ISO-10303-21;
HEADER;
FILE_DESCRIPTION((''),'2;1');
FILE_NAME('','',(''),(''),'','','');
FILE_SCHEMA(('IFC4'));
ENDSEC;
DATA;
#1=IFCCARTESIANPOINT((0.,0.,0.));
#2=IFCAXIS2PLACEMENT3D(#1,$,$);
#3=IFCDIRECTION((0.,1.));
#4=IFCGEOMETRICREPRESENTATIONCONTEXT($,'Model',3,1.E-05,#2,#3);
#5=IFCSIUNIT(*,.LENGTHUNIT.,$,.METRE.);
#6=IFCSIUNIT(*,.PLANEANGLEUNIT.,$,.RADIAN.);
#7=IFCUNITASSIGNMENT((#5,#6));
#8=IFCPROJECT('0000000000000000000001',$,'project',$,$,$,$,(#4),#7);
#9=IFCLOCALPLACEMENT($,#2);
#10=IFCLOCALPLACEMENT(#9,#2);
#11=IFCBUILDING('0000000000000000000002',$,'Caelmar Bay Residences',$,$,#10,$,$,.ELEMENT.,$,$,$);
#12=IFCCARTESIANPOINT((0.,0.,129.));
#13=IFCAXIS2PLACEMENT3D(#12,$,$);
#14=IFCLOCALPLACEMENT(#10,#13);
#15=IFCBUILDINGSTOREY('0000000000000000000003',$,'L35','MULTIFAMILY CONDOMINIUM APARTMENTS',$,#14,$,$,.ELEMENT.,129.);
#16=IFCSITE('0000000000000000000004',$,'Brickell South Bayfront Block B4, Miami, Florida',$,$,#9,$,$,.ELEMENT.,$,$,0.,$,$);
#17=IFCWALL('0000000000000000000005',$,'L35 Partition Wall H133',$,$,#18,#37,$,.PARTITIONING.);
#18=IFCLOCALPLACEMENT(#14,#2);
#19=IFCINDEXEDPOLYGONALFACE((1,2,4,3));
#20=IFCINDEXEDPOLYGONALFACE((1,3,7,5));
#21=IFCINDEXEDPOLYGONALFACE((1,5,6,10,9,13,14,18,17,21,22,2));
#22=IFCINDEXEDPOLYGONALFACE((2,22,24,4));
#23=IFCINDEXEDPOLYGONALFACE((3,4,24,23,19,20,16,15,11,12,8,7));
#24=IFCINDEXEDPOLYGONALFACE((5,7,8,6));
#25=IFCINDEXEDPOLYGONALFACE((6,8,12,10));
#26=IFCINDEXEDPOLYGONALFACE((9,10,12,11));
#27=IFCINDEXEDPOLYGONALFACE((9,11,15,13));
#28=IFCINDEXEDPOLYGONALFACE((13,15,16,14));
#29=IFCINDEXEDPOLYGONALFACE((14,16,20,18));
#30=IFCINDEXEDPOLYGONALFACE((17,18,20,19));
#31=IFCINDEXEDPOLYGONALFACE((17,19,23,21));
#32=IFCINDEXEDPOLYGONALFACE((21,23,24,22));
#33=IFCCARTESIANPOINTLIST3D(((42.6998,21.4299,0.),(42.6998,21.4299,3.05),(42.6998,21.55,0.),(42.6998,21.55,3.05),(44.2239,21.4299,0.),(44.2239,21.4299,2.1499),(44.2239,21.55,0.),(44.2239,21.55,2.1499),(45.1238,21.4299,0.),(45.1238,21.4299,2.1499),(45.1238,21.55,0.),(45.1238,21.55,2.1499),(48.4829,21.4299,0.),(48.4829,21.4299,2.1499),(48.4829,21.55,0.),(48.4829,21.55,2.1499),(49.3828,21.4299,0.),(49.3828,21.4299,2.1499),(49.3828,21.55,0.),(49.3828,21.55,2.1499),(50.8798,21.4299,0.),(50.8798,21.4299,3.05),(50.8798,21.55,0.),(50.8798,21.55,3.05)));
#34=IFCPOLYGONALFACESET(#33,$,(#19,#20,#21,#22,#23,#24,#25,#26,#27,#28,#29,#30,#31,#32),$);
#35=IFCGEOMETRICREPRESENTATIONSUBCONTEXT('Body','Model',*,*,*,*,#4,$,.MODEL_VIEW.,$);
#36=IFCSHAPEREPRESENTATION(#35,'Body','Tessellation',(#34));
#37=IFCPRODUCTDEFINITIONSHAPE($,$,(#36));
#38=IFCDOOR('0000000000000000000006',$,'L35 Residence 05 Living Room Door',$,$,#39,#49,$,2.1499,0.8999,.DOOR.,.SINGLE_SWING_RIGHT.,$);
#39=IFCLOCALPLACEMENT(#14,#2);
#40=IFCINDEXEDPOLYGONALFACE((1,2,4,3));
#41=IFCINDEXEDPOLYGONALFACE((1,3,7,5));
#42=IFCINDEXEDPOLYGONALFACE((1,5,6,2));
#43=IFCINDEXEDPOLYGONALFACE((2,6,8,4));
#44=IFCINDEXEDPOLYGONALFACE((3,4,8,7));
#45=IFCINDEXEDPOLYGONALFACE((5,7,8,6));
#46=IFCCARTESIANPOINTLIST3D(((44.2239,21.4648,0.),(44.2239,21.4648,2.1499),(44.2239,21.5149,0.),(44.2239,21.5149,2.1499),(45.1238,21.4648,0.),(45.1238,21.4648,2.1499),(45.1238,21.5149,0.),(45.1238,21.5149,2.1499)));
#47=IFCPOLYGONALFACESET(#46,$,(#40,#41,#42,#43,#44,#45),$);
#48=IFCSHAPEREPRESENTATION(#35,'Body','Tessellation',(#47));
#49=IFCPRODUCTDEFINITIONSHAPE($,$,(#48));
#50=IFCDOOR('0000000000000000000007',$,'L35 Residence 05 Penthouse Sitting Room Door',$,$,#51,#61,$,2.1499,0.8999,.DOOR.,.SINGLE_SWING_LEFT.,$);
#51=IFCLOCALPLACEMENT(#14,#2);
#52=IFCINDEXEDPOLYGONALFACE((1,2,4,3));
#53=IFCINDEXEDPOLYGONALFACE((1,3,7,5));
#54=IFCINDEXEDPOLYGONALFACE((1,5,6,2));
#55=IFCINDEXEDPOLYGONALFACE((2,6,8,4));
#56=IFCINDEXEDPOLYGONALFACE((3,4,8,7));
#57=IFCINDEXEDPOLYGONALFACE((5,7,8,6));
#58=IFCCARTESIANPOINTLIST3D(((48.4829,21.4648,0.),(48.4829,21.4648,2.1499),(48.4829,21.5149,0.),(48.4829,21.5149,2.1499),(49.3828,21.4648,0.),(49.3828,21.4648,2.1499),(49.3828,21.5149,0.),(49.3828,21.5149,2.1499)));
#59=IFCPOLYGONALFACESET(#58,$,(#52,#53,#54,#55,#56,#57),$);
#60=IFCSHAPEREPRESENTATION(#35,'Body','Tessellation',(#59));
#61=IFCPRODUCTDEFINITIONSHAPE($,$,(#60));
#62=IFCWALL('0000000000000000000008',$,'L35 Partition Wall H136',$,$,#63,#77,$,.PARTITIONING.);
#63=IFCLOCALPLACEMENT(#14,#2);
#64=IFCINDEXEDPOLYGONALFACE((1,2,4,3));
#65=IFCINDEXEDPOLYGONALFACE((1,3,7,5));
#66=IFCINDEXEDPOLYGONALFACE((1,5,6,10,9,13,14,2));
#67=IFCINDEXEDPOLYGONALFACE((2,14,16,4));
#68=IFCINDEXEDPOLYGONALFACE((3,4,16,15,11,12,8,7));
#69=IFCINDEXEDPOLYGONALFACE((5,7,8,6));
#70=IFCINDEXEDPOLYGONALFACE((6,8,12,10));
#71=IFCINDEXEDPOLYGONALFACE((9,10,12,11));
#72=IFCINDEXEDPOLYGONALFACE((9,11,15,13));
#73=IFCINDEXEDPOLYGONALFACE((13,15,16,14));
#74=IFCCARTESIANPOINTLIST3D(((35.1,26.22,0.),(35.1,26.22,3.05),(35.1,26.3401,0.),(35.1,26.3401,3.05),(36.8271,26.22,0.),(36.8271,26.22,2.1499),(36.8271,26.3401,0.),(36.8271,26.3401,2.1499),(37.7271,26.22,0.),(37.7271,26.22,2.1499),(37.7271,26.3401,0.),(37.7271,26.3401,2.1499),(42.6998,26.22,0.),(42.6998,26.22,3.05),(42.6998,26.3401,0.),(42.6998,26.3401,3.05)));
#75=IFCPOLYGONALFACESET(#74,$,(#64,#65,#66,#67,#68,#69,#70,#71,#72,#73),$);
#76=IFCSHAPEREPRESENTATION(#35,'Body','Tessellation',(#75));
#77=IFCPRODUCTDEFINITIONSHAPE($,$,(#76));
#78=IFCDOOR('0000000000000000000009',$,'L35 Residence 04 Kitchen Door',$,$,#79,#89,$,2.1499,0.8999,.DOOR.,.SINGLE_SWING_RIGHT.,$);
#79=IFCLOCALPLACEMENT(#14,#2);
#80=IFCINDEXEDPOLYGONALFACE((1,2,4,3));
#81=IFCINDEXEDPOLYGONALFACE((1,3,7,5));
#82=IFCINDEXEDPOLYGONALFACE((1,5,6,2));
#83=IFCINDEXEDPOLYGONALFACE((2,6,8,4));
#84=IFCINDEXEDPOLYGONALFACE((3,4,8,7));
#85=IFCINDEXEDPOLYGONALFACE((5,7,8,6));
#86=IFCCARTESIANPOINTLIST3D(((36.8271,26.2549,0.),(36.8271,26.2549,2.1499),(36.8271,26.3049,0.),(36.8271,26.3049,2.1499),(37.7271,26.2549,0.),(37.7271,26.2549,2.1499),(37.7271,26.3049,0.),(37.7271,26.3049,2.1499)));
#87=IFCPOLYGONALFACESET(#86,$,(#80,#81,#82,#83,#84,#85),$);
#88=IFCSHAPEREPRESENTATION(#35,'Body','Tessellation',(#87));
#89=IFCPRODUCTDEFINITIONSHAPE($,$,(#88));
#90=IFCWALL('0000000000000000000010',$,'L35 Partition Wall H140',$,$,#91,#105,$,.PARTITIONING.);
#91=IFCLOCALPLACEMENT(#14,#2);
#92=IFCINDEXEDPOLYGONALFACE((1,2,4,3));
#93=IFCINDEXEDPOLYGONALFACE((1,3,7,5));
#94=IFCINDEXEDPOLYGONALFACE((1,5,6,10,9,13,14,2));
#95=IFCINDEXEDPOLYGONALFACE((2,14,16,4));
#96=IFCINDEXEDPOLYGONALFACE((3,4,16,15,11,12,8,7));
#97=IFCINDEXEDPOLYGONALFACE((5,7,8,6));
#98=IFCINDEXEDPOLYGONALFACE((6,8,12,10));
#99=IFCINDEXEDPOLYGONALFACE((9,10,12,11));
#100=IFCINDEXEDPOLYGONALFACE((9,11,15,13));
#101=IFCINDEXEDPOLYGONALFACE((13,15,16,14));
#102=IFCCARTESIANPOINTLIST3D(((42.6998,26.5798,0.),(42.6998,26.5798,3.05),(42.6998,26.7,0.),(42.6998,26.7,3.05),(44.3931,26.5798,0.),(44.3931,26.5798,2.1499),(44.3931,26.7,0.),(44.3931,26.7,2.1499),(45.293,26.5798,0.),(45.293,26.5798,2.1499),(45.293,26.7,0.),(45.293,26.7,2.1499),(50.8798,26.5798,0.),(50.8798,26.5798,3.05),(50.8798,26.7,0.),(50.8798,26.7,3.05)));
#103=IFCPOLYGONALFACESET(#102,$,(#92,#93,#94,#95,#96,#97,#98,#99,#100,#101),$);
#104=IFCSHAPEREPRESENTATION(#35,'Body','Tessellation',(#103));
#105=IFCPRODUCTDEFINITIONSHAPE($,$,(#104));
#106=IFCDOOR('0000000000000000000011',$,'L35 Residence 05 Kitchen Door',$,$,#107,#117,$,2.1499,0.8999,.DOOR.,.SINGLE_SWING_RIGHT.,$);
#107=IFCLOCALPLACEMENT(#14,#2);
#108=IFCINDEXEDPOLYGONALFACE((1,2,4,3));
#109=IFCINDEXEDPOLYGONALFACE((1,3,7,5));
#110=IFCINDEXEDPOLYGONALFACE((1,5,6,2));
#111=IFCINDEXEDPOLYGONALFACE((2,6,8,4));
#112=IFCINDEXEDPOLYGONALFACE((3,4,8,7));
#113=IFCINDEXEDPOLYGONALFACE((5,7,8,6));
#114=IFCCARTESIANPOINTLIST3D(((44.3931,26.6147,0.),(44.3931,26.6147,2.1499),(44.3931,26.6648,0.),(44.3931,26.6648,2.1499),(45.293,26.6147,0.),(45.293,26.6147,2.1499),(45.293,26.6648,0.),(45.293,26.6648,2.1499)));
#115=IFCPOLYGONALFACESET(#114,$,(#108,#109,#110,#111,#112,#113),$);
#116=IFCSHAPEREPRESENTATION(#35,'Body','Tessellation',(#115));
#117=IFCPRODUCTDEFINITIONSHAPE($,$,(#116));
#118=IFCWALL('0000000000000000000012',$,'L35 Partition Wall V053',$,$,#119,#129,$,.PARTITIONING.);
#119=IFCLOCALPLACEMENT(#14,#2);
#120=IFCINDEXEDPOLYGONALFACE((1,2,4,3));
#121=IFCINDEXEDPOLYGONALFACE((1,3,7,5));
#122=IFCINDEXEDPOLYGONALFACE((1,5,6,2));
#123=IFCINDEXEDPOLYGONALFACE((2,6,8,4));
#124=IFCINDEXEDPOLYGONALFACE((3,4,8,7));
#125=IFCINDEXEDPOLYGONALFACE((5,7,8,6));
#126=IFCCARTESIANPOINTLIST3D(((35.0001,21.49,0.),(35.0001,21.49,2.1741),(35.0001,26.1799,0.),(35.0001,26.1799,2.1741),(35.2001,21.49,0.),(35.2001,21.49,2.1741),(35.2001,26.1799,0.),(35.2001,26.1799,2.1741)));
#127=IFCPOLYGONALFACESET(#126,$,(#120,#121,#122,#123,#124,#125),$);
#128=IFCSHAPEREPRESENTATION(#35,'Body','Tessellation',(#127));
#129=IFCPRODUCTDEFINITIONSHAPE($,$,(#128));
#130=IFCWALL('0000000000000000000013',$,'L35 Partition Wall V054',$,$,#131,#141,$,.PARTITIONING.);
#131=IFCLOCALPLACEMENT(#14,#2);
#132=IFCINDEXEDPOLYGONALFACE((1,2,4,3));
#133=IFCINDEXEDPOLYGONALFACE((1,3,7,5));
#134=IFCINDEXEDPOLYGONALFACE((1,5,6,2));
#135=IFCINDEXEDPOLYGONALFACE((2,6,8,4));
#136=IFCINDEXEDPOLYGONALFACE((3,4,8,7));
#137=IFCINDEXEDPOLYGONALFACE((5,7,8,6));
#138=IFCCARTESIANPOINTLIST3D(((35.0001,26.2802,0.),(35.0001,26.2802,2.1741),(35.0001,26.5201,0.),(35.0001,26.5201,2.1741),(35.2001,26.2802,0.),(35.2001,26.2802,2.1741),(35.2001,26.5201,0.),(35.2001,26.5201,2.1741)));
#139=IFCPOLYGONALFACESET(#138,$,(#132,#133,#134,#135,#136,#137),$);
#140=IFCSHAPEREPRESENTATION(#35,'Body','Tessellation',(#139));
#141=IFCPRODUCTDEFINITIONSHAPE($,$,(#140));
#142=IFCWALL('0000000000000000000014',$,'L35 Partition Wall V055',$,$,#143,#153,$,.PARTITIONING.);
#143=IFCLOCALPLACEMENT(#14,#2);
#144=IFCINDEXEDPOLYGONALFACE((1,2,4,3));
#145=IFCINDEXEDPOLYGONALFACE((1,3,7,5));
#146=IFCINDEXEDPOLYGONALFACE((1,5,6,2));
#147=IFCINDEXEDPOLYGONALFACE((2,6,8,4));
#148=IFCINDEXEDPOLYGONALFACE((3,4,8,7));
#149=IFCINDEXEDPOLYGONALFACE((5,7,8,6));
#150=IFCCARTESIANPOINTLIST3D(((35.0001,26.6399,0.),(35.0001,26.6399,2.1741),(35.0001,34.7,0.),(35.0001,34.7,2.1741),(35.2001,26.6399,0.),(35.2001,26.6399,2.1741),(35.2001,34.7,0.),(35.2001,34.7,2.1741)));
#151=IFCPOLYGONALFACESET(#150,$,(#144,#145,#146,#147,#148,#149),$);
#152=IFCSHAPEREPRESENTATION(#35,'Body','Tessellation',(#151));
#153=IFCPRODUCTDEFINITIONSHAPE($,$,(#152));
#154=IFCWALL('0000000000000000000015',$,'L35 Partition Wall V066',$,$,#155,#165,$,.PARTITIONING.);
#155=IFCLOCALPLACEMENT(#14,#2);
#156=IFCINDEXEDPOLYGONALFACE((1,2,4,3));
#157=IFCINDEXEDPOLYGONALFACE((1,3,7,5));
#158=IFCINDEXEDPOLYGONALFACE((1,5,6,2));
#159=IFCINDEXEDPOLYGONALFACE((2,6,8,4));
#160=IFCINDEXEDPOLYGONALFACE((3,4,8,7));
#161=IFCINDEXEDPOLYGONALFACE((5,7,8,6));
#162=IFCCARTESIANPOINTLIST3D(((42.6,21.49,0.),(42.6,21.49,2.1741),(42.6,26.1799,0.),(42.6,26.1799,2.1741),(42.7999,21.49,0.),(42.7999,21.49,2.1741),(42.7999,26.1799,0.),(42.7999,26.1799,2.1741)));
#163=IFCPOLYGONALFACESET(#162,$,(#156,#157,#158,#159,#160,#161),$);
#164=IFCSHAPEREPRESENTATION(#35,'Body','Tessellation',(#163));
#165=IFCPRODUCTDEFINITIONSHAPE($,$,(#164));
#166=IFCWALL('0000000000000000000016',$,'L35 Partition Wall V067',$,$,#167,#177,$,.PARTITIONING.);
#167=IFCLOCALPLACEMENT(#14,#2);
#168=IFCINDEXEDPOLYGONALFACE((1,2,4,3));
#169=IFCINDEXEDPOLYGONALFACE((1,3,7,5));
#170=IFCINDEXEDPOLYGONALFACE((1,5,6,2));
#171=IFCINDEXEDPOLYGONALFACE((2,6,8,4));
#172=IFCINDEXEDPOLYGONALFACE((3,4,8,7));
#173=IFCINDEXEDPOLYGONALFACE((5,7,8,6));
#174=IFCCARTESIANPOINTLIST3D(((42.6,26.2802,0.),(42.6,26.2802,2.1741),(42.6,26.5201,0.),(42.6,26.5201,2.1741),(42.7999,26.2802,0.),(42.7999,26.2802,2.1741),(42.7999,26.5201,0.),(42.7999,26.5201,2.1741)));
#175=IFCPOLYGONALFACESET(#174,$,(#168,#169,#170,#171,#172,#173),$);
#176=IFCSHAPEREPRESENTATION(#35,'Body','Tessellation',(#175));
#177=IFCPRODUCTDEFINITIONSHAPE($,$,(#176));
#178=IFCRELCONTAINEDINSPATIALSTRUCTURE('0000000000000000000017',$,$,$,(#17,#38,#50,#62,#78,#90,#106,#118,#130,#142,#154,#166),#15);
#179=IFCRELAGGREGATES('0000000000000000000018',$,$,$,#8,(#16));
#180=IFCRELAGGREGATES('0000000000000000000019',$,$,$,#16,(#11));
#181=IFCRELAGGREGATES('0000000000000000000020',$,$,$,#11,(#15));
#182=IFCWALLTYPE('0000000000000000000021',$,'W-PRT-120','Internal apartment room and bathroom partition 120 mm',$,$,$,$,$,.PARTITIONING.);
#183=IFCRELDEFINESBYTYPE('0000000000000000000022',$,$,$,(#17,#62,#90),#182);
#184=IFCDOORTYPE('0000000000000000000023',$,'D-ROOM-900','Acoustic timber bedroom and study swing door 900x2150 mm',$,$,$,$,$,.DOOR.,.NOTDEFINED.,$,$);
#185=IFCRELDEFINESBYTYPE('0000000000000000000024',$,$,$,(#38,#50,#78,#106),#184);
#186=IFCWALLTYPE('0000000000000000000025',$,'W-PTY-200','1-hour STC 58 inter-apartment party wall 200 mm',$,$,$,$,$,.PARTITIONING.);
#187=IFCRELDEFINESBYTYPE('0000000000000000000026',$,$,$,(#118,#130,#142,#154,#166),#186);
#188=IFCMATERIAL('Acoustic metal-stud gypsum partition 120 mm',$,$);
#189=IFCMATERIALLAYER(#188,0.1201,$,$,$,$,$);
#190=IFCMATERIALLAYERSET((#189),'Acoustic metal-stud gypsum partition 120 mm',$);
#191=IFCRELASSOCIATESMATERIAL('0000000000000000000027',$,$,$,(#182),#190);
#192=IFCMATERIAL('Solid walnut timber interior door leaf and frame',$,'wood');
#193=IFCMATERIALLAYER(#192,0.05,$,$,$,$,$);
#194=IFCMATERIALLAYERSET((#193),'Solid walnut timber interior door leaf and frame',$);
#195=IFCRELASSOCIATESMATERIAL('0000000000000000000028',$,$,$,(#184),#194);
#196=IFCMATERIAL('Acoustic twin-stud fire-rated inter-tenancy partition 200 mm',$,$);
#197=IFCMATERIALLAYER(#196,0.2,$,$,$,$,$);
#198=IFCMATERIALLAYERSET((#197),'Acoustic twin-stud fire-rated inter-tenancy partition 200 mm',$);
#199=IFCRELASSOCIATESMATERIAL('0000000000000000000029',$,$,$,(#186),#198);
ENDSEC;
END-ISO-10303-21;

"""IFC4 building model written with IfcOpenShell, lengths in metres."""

from ifc_helpers import new_model, si_unit, direction, frame, frame_2d, origin, place, context, subcontext, project, spatial, rectangle, extrude, material, layer, layer_set, type_object, element, fill, save


model = new_model("IFC4")

# Units and contexts
model_context = context("Model", 3, precision=1e-05, world=origin(), true_north=direction((0.0, 1.0)))
body_context = subcontext(model_context, "Body", "Model", "MODEL_VIEW")
ifc_project = project(units=[si_unit("LENGTHUNIT", "METRE"), si_unit("PLANEANGLEUNIT", "RADIAN")], contexts=[model_context])

# Site, building, storey
site_placement = place(None, origin())
site = spatial("IfcSite", under=ifc_project, at=site_placement, Name="Brickell South Bayfront Block B4, Miami, Florida", CompositionType="ELEMENT", RefElevation=0.0)
building_placement = place(site_placement, origin())
building = spatial("IfcBuilding", under=site, at=building_placement, Name="Caelmar Bay Residences", CompositionType="ELEMENT")
storey_placement = place(building_placement, frame((0.0, 0.0, 129.0)))
storey = spatial("IfcBuildingStorey", under=building, at=storey_placement, Name="L35", Description="MULTIFAMILY CONDOMINIUM APARTMENTS", CompositionType="ELEMENT", Elevation=129.0)

# Shared definitions
ifc_material_1 = material(Name="Acoustic metal-stud gypsum partition 120 mm")
ifc_layer_1 = layer(ifc_material_1, 0.1201)
ifc_layer_set_1 = layer_set([ifc_layer_1], Name="Acoustic metal-stud gypsum partition 120 mm")
wall_type_1 = type_object("IfcWallType", Name="W-PRT-120", Description="Internal apartment room and bathroom partition 120 mm", PredefinedType="PARTITIONING", material=ifc_layer_set_1)
ifc_material_2 = material(Name="Solid walnut timber interior door leaf and frame", Category="wood")
ifc_layer_2 = layer(ifc_material_2, 0.05)
ifc_layer_set_2 = layer_set([ifc_layer_2], Name="Solid walnut timber interior door leaf and frame")
door_type_1 = type_object("IfcDoorType", Name="D-ROOM-900", Description="Acoustic timber bedroom and study swing door 900x2150 mm", OperationType="NOTDEFINED", PredefinedType="DOOR", material=ifc_layer_set_2)

# Wall, openings, doors
wall_1_placement = place(storey_placement, frame((42.7, 21.49, 0.0), z_axis=(0.0, 0.0, 1.0), x_axis=(1.0, 0.0, 0.0)))
wall_1 = element("IfcWall", 1, at=wall_1_placement, inside=storey, type_object=wall_type_1, Name="L35 Partition Wall H133", PredefinedType="PARTITIONING", context=body_context, shape_type="SweptSolid", body=[
    extrude(rectangle(XDim=8.1799, YDim=0.1201, at=frame_2d((4.0898, 0.0))), origin(), (0.0, 0.0, 1.0), 3.05),
])
opening_1_placement = place(wall_1_placement, frame((1.5239, 0.0, 0.0)))
opening_1 = element("IfcOpeningElement", 2, at=opening_1_placement, cuts=wall_1, PredefinedType="OPENING", context=body_context, shape_type="SweptSolid", body=[
    extrude(rectangle(XDim=0.8999, YDim=2.1499, at=frame_2d((0.45, 1.075))), frame((0.0, 0.0701, 0.0), z_axis=(0.0, -1.0, 0.0), x_axis=(1.0, 0.0, 0.0)), (0.0, 0.0, 1.0), 0.1401),
])
opening_2_placement = place(wall_1_placement, frame((5.783, 0.0, 0.0)))
opening_2 = element("IfcOpeningElement", 3, at=opening_2_placement, cuts=wall_1, PredefinedType="OPENING", context=body_context, shape_type="SweptSolid", body=[
    extrude(rectangle(XDim=0.8999, YDim=2.1499, at=frame_2d((0.45, 1.075))), frame((0.0, 0.0701, 0.0), z_axis=(0.0, -1.0, 0.0), x_axis=(1.0, 0.0, 0.0)), (0.0, 0.0, 1.0), 0.1401),
])
door_1_placement = place(opening_1_placement, origin())
door_1 = element("IfcDoor", 4, at=door_1_placement, inside=storey, type_object=door_type_1, Name="L35 Residence 05 Living Room Door", OperationType="SINGLE_SWING_RIGHT", OverallHeight=2.1499, OverallWidth=0.8999, PredefinedType="DOOR", context=body_context, shape_type="SweptSolid", body=[
    extrude(rectangle(XDim=0.8999, YDim=2.1499, at=frame_2d((0.45, 1.075))), frame((0.0, 0.0249, 0.0), z_axis=(0.0, -1.0, 0.0), x_axis=(1.0, 0.0, 0.0)), (0.0, 0.0, 1.0), 0.05),
])
fill(opening_1, door_1)
door_2_placement = place(opening_2_placement, origin())
door_2 = element("IfcDoor", 5, at=door_2_placement, inside=storey, type_object=door_type_1, Name="L35 Residence 05 Penthouse Sitting Room Door", OperationType="SINGLE_SWING_LEFT", OverallHeight=2.1499, OverallWidth=0.8999, PredefinedType="DOOR", context=body_context, shape_type="SweptSolid", body=[
    extrude(rectangle(XDim=0.8999, YDim=2.1499, at=frame_2d((0.45, 1.075))), frame((0.0, 0.0249, 0.0), z_axis=(0.0, -1.0, 0.0), x_axis=(1.0, 0.0, 0.0)), (0.0, 0.0, 1.0), 0.05),
])
fill(opening_2, door_2)

# Walls, openings, doors
wall_2_placement = place(storey_placement, frame((35.1001, 26.28, 0.0), z_axis=(0.0, 0.0, 1.0), x_axis=(1.0, 0.0, 0.0)))
wall_2 = element("IfcWall", 6, at=wall_2_placement, inside=storey, type_object=wall_type_1, Name="L35 Partition Wall H136", PredefinedType="PARTITIONING", context=body_context, shape_type="SweptSolid", body=[
    extrude(rectangle(XDim=7.5999, YDim=0.1201, at=frame_2d((3.7998, 0.0))), origin(), (0.0, 0.0, 1.0), 3.05),
])
opening_3_placement = place(wall_2_placement, frame((1.7271, 0.0, 0.0)))
opening_3 = element("IfcOpeningElement", 7, at=opening_3_placement, cuts=wall_2, PredefinedType="OPENING", context=body_context, shape_type="SweptSolid", body=[
    extrude(rectangle(XDim=0.8999, YDim=2.1499, at=frame_2d((0.45, 1.075))), frame((0.0, 0.0701, 0.0), z_axis=(0.0, -1.0, 0.0), x_axis=(1.0, 0.0, 0.0)), (0.0, 0.0, 1.0), 0.1401),
])
door_3_placement = place(opening_3_placement, origin())
door_3 = element("IfcDoor", 8, at=door_3_placement, inside=storey, type_object=door_type_1, Name="L35 Residence 04 Kitchen Door", OperationType="SINGLE_SWING_RIGHT", OverallHeight=2.1499, OverallWidth=0.8999, PredefinedType="DOOR", context=body_context, shape_type="SweptSolid", body=[
    extrude(rectangle(XDim=0.8999, YDim=2.1499, at=frame_2d((0.45, 1.075))), frame((0.0, 0.0249, 0.0), z_axis=(0.0, -1.0, 0.0), x_axis=(1.0, 0.0, 0.0)), (0.0, 0.0, 1.0), 0.05),
])
fill(opening_3, door_3)
wall_3_placement = place(storey_placement, frame((42.7, 26.6399, 0.0), z_axis=(0.0, 0.0, 1.0), x_axis=(1.0, 0.0, 0.0)))
wall_3 = element("IfcWall", 9, at=wall_3_placement, inside=storey, type_object=wall_type_1, Name="L35 Partition Wall H140", PredefinedType="PARTITIONING", context=body_context, shape_type="SweptSolid", body=[
    extrude(rectangle(XDim=8.1799, YDim=0.1201, at=frame_2d((4.0898, 0.0))), origin(), (0.0, 0.0, 1.0), 3.05),
])
opening_4_placement = place(wall_3_placement, frame((1.6931, 0.0, 0.0)))
opening_4 = element("IfcOpeningElement", 10, at=opening_4_placement, cuts=wall_3, PredefinedType="OPENING", context=body_context, shape_type="SweptSolid", body=[
    extrude(rectangle(XDim=0.8999, YDim=2.1499, at=frame_2d((0.45, 1.075))), frame((0.0, 0.0701, 0.0), z_axis=(0.0, -1.0, 0.0), x_axis=(1.0, 0.0, 0.0)), (0.0, 0.0, 1.0), 0.1401),
])
door_4_placement = place(opening_4_placement, origin())
door_4 = element("IfcDoor", 11, at=door_4_placement, inside=storey, type_object=door_type_1, Name="L35 Residence 05 Kitchen Door", OperationType="SINGLE_SWING_RIGHT", OverallHeight=2.1499, OverallWidth=0.8999, PredefinedType="DOOR", context=body_context, shape_type="SweptSolid", body=[
    extrude(rectangle(XDim=0.8999, YDim=2.1499, at=frame_2d((0.45, 1.075))), frame((0.0, 0.0249, 0.0), z_axis=(0.0, -1.0, 0.0), x_axis=(1.0, 0.0, 0.0)), (0.0, 0.0, 1.0), 0.05),
])
fill(opening_4, door_4)

# Walls
ifc_material_3 = material(Name="Acoustic twin-stud fire-rated inter-tenancy partition 200 mm")
ifc_layer_3 = layer(ifc_material_3, 0.2)
ifc_layer_set_3 = layer_set([ifc_layer_3], Name="Acoustic twin-stud fire-rated inter-tenancy partition 200 mm")
wall_type_2 = type_object("IfcWallType", Name="W-PTY-200", Description="1-hour STC 58 inter-apartment party wall 200 mm", PredefinedType="PARTITIONING", material=ifc_layer_set_3)
wall_4_placement = place(storey_placement, frame((35.1001, 21.49, 0.0), z_axis=(0.0, 0.0, 1.0), x_axis=(0.0, 1.0, 0.0)))
element("IfcWall", 12, at=wall_4_placement, inside=storey, type_object=wall_type_2, Name="L35 Partition Wall V053", PredefinedType="PARTITIONING", context=body_context, shape_type="SweptSolid", body=[
    extrude(rectangle(XDim=4.6899, YDim=0.2, at=frame_2d((2.345, 0.0))), origin(), (0.0, 0.0, 1.0), 2.1741),
])
wall_5_placement = place(storey_placement, frame((35.1001, 26.28, 0.0), z_axis=(0.0, 0.0, 1.0), x_axis=(0.0, 1.0, 0.0)))
element("IfcWall", 13, at=wall_5_placement, inside=storey, type_object=wall_type_2, Name="L35 Partition Wall V054", PredefinedType="PARTITIONING", context=body_context, shape_type="SweptSolid", body=[
    extrude(rectangle(XDim=0.24, YDim=0.2, at=frame_2d((0.1201, 0.0))), origin(), (0.0, 0.0, 1.0), 2.1741),
])
wall_6_placement = place(storey_placement, frame((35.1001, 26.6399, 0.0), z_axis=(0.0, 0.0, 1.0), x_axis=(0.0, 1.0, 0.0)))
element("IfcWall", 14, at=wall_6_placement, inside=storey, type_object=wall_type_2, Name="L35 Partition Wall V055", PredefinedType="PARTITIONING", context=body_context, shape_type="SweptSolid", body=[
    extrude(rectangle(XDim=8.0601, YDim=0.2, at=frame_2d((4.03, 0.0))), origin(), (0.0, 0.0, 1.0), 2.1741),
])
wall_7_placement = place(storey_placement, frame((42.7, 21.49, 0.0), z_axis=(0.0, 0.0, 1.0), x_axis=(0.0, 1.0, 0.0)))
element("IfcWall", 15, at=wall_7_placement, inside=storey, type_object=wall_type_2, Name="L35 Partition Wall V066", PredefinedType="PARTITIONING", context=body_context, shape_type="SweptSolid", body=[
    extrude(rectangle(XDim=4.6899, YDim=0.2, at=frame_2d((2.345, 0.0))), origin(), (0.0, 0.0, 1.0), 2.1741),
])
wall_8_placement = place(storey_placement, frame((42.7, 26.28, 0.0), z_axis=(0.0, 0.0, 1.0), x_axis=(0.0, 1.0, 0.0)))
element("IfcWall", 16, at=wall_8_placement, inside=storey, type_object=wall_type_2, Name="L35 Partition Wall V067", PredefinedType="PARTITIONING", context=body_context, shape_type="SweptSolid", body=[
    extrude(rectangle(XDim=0.24, YDim=0.2, at=frame_2d((0.1201, 0.0))), origin(), (0.0, 0.0, 1.0), 2.1741),
])

save(model, "model.ifc")
